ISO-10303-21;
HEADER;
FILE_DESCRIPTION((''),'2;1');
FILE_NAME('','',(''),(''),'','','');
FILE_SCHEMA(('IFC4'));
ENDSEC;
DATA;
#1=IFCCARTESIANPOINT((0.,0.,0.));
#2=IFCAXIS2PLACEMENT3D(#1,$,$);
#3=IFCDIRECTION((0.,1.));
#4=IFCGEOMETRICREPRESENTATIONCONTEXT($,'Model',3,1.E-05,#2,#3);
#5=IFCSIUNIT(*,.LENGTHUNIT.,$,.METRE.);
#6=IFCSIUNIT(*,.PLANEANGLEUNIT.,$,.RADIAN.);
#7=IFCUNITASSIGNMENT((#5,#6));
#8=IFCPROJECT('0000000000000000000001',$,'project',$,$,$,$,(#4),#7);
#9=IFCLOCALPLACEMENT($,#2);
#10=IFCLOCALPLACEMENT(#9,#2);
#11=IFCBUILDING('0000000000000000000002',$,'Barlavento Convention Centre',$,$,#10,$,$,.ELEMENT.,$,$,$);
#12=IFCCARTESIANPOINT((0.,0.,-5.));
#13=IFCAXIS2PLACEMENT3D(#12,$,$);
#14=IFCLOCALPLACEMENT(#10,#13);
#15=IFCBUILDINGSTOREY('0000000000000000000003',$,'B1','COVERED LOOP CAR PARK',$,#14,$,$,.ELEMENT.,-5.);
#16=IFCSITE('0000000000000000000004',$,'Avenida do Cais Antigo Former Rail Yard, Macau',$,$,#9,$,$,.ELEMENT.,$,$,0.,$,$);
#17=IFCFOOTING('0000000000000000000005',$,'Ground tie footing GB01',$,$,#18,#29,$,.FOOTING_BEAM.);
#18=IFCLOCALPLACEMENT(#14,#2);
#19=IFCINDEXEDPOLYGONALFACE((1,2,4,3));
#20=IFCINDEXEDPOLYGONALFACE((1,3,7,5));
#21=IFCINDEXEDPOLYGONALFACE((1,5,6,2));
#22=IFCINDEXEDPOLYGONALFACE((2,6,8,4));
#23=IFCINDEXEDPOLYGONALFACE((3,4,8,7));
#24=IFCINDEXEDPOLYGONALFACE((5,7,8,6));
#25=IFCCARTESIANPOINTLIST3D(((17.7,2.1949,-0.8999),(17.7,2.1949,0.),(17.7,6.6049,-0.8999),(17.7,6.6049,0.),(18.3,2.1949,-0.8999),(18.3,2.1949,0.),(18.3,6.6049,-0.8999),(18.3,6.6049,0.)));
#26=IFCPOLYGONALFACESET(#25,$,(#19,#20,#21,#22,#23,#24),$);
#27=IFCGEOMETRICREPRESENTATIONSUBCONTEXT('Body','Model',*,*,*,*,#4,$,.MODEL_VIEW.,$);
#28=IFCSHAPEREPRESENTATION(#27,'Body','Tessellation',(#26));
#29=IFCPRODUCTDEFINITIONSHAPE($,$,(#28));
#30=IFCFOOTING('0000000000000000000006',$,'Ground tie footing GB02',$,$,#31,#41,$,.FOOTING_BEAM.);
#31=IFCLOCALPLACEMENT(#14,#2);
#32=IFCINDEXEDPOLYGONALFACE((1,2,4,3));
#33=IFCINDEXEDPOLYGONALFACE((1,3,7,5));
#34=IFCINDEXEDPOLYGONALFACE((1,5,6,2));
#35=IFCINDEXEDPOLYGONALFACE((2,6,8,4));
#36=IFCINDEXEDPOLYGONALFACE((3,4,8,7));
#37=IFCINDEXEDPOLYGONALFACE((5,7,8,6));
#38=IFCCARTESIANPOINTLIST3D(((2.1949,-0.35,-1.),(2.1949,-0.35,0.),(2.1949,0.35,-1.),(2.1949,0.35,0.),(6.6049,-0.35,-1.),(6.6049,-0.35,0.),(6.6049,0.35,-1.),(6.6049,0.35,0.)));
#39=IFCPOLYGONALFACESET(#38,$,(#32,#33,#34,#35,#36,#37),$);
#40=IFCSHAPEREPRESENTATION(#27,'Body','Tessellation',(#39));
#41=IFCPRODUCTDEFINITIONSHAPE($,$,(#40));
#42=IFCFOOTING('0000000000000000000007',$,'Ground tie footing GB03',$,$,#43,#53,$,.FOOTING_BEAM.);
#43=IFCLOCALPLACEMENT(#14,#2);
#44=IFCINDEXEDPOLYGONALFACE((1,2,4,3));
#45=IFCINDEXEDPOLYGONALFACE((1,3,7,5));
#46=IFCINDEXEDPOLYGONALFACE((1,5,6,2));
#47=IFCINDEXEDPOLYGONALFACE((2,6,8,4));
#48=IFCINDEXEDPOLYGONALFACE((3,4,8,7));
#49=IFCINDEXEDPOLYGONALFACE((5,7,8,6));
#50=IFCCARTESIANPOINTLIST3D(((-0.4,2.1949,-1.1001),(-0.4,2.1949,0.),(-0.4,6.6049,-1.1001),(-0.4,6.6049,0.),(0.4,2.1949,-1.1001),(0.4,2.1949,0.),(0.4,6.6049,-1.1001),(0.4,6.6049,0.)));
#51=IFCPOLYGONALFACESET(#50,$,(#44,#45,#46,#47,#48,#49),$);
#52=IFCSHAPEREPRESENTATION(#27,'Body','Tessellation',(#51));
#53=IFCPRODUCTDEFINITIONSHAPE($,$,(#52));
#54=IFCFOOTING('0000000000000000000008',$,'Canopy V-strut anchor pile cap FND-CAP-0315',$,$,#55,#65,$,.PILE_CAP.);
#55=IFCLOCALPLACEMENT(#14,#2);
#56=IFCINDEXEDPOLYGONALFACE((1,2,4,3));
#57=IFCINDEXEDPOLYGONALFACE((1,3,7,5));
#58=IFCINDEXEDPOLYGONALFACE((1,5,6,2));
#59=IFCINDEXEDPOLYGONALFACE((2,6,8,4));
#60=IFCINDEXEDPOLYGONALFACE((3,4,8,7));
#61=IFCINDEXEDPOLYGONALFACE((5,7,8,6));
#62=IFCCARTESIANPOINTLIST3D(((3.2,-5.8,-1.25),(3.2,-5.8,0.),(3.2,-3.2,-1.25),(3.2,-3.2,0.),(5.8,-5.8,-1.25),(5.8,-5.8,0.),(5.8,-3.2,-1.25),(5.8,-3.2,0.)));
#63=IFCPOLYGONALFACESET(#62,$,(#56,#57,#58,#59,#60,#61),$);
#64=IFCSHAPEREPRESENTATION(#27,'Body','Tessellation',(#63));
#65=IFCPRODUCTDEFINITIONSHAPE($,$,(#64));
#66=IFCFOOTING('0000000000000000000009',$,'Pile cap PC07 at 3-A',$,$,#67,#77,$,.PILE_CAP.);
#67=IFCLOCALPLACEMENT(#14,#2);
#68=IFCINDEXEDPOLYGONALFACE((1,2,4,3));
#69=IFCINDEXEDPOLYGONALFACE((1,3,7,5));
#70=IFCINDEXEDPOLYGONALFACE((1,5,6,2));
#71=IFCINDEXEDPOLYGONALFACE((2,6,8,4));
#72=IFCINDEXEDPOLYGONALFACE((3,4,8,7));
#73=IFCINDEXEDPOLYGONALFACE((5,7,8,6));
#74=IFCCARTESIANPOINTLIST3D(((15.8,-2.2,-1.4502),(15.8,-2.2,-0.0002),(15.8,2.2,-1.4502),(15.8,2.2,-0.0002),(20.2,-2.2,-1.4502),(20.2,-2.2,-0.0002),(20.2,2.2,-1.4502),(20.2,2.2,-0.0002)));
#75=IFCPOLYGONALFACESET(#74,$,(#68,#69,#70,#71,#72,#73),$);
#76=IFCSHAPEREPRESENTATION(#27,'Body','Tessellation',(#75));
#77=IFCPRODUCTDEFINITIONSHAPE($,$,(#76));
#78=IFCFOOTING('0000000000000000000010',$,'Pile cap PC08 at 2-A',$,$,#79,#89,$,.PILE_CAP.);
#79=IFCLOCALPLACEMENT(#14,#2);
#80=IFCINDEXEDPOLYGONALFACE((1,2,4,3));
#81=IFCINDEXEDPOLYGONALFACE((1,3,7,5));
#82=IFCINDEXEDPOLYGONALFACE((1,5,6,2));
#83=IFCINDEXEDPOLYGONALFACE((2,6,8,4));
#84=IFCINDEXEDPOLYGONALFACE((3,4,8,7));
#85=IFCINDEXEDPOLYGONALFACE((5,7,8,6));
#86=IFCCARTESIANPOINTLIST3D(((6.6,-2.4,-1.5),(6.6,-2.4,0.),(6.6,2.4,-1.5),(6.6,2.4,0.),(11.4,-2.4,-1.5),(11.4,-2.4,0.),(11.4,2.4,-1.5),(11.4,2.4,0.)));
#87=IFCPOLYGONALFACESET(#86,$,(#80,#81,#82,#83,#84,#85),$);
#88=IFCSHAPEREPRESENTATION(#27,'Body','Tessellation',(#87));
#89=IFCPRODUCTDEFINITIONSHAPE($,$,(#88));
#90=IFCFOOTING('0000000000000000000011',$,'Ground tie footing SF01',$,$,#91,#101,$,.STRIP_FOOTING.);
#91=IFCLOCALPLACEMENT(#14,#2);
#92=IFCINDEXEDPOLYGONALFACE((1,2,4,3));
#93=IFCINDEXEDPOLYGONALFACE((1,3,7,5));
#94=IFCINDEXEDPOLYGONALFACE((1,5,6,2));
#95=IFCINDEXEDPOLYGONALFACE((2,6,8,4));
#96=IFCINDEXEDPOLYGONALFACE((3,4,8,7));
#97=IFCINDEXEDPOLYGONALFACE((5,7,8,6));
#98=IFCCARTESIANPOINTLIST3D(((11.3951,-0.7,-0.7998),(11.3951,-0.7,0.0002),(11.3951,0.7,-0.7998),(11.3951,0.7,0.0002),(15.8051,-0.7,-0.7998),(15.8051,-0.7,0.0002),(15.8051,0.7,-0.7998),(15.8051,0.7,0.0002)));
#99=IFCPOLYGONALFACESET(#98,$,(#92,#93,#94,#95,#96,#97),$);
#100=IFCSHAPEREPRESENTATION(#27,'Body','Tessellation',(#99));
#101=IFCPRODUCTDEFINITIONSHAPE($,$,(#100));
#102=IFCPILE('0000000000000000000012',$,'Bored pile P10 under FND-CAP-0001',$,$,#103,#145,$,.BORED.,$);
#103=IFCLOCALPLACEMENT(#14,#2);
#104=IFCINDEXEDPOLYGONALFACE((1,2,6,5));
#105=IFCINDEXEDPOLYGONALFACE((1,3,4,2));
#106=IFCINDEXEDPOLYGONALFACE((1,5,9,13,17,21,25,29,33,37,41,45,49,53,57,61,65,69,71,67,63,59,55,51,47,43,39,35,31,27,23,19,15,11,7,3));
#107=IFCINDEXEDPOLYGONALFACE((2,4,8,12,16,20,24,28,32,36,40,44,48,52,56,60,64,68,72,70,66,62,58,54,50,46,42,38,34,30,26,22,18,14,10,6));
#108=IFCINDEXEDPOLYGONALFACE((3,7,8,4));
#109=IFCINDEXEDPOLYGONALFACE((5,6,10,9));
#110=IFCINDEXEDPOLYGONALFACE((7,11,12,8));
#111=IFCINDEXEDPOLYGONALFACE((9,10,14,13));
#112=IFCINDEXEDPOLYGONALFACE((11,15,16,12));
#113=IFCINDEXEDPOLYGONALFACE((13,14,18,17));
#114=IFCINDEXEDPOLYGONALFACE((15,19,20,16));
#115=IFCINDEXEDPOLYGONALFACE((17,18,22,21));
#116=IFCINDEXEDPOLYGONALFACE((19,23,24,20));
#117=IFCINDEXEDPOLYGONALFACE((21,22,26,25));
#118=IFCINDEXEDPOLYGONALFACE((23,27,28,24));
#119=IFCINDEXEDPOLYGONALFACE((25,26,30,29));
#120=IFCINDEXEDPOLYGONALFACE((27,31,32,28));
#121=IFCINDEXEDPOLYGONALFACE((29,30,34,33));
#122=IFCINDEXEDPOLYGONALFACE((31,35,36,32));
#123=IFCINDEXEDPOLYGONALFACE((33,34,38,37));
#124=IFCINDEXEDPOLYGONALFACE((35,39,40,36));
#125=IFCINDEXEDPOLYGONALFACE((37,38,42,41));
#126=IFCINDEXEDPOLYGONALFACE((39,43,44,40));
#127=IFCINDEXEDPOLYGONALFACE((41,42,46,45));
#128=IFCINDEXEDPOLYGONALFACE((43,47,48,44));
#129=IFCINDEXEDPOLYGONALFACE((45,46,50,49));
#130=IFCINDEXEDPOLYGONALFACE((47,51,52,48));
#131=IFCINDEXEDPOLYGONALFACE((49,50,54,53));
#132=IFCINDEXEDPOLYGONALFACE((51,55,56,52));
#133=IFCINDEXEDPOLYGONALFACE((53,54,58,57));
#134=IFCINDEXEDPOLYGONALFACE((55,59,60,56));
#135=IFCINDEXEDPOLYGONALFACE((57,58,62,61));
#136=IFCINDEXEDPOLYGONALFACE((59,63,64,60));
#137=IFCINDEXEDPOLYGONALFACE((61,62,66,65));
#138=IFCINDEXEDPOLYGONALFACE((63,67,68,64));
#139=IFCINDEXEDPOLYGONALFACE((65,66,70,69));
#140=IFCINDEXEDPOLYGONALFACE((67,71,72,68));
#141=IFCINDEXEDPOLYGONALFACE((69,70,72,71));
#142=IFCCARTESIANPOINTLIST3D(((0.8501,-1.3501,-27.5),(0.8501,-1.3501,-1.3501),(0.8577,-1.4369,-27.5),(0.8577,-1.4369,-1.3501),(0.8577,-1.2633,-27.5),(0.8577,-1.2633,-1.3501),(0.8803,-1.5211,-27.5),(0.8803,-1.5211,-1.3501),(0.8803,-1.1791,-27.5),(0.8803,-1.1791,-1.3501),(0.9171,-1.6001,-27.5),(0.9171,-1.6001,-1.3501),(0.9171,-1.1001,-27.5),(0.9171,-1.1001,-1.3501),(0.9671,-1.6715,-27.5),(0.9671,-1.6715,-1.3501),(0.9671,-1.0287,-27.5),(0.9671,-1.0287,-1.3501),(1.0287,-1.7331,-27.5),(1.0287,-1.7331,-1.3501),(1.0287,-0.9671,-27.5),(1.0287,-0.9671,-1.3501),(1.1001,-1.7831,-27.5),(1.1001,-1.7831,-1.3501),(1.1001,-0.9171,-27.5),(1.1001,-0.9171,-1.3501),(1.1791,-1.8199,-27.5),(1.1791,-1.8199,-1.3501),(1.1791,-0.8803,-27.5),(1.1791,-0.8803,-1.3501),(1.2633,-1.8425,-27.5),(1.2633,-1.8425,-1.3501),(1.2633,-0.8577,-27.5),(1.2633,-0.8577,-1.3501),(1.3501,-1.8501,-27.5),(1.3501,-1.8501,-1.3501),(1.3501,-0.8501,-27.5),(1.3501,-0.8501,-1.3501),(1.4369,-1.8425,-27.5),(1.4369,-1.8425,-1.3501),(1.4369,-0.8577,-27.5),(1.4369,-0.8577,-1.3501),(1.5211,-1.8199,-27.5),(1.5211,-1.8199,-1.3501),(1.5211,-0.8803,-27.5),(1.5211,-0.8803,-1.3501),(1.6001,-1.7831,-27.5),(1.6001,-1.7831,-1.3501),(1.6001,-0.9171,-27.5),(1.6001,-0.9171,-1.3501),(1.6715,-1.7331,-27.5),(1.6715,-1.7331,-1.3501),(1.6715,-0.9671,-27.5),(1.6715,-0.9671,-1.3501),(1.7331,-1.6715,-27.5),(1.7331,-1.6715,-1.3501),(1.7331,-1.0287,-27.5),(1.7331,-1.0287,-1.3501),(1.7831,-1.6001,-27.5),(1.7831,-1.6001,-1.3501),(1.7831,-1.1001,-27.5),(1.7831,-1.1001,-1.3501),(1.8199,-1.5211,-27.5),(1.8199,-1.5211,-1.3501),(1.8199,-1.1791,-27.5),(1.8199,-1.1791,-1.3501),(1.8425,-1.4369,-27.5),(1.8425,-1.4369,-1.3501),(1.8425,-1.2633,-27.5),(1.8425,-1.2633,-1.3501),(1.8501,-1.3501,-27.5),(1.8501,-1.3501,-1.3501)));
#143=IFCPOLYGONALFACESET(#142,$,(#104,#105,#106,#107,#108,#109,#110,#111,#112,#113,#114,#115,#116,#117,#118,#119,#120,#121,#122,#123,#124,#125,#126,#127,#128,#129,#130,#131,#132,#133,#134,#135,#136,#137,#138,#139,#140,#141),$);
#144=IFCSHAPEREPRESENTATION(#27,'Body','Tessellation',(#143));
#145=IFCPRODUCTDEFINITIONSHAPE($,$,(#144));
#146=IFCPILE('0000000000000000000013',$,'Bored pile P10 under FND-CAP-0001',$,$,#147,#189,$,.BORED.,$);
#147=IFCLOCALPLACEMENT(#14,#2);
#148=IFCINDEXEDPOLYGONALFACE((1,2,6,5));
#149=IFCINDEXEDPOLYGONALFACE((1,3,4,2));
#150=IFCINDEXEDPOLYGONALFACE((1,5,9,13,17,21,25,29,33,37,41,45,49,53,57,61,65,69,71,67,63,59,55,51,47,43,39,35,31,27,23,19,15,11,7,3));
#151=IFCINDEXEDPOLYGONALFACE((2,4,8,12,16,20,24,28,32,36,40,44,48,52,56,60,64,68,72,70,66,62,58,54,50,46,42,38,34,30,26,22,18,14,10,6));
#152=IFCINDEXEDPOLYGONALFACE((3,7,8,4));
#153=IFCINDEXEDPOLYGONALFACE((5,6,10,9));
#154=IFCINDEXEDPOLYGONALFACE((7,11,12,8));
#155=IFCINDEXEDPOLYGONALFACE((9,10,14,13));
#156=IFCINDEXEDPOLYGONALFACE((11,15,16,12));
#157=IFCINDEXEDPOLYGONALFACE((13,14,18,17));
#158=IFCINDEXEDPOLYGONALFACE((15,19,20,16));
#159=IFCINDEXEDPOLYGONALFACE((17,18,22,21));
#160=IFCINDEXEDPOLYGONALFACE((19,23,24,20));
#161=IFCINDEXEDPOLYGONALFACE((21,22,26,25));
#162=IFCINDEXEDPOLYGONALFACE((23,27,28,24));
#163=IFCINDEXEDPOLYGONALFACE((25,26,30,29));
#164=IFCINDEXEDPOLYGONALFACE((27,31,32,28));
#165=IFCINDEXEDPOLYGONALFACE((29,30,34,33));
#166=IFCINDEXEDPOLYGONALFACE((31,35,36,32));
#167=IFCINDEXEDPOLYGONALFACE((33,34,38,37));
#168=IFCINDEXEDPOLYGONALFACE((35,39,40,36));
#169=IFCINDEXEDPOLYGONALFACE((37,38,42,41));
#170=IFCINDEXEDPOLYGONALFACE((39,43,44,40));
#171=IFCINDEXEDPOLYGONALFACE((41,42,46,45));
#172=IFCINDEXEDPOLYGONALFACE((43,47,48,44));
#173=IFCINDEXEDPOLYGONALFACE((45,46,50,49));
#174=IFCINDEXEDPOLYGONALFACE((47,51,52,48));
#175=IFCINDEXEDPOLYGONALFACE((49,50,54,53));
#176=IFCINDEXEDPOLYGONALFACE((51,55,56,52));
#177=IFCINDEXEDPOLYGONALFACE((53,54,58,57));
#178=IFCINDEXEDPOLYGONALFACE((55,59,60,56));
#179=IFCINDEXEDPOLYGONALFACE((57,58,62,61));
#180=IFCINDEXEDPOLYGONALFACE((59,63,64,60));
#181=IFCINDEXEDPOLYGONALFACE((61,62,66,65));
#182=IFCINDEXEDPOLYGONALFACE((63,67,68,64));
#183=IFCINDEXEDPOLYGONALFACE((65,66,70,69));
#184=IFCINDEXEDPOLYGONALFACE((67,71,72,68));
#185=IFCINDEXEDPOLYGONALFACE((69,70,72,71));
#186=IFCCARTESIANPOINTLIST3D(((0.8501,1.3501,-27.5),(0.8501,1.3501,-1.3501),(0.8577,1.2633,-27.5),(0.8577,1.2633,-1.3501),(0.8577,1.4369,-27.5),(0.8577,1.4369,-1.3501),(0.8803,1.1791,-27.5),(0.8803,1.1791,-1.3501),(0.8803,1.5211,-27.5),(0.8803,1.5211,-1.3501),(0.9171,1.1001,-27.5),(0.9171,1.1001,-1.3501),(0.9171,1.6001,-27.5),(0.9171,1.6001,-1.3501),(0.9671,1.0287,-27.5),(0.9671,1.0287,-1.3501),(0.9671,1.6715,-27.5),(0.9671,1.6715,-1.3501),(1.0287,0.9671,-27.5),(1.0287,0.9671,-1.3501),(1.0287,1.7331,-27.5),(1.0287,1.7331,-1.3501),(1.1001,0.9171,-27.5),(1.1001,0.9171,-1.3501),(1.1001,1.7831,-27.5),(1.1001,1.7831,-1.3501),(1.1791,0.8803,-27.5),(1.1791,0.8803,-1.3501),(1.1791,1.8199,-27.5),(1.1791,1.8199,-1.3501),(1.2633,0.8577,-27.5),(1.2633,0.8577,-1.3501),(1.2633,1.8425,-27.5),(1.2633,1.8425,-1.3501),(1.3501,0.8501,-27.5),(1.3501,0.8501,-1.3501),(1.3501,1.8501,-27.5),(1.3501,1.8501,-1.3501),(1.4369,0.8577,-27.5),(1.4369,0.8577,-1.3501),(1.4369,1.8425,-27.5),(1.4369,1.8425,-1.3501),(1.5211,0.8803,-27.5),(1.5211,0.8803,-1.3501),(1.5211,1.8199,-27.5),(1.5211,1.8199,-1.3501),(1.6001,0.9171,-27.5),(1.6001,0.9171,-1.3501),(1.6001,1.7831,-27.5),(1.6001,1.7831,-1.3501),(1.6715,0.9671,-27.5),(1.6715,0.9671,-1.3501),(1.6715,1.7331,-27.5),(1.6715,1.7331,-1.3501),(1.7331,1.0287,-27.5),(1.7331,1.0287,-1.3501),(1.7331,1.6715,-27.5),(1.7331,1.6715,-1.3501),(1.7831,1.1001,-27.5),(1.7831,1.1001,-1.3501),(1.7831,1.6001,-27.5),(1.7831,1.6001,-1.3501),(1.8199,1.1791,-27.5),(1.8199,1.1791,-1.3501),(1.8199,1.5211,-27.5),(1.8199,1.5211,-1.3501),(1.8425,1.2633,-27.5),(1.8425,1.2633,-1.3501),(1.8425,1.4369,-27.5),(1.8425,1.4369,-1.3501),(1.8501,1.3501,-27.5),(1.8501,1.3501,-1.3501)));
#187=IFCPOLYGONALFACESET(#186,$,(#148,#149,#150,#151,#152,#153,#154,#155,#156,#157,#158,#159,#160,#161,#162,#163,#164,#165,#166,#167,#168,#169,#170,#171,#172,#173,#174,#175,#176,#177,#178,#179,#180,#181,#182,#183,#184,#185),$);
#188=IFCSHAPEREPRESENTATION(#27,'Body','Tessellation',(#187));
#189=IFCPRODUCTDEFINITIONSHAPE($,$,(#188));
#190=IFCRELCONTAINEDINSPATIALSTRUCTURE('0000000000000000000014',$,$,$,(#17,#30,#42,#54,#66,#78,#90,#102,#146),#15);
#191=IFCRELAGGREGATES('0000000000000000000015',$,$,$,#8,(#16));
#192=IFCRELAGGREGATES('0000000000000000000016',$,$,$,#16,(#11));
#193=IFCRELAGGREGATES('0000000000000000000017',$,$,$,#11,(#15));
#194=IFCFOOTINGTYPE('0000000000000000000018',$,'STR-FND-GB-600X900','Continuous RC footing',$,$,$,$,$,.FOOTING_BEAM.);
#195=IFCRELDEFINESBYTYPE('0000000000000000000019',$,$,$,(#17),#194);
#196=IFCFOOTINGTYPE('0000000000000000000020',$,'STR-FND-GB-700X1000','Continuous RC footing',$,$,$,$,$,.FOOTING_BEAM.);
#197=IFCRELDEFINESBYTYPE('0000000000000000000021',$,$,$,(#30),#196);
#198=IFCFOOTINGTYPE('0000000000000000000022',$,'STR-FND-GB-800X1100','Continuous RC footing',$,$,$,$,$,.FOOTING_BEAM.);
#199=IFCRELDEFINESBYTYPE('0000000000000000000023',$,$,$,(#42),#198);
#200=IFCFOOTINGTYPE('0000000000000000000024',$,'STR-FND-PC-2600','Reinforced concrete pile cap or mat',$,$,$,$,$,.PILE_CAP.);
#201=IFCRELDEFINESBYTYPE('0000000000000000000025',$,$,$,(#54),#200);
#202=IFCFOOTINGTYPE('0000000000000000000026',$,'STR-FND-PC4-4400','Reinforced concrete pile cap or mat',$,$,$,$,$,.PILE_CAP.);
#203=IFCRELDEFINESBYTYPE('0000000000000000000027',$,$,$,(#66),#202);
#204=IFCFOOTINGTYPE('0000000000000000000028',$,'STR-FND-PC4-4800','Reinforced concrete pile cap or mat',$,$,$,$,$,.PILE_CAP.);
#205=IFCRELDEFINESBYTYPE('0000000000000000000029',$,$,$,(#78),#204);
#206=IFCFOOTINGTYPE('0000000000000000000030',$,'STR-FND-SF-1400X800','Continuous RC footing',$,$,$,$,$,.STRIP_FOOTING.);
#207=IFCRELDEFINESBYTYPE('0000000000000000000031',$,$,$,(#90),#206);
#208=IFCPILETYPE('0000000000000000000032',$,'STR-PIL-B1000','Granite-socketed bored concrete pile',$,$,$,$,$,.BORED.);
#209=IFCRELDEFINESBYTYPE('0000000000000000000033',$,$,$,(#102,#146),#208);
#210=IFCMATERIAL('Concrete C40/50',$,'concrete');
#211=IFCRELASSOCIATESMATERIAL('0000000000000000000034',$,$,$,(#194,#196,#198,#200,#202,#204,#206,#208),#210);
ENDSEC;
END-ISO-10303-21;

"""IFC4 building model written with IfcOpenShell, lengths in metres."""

from ifc_helpers import new_model, si_unit, direction, frame, origin, origin_2d, place, context, subcontext, project, spatial, rectangle, circle, extrude, material, material_profile, profile_set, type_object, element, save


model = new_model("IFC4")

# Units and contexts
model_context = context("Model", 3, precision=1e-05, world=origin(), true_north=direction((0.0, 1.0)))
body_context = subcontext(model_context, "Body", "Model", "MODEL_VIEW")
ifc_project = project(units=[si_unit("LENGTHUNIT", "METRE"), si_unit("PLANEANGLEUNIT", "RADIAN")], contexts=[model_context])

# Site, building, storey
site_placement = place(None, origin())
site = spatial("IfcSite", under=ifc_project, at=site_placement, Name="Avenida do Cais Antigo Former Rail Yard, Macau", CompositionType="ELEMENT", RefElevation=0.0)
building_placement = place(site_placement, origin())
building = spatial("IfcBuilding", under=site, at=building_placement, Name="Barlavento Convention Centre", CompositionType="ELEMENT")
storey_placement = place(building_placement, frame((0.0, 0.0, -5.0)))
storey = spatial("IfcBuildingStorey", under=building, at=storey_placement, Name="B1", Description="COVERED LOOP CAR PARK", CompositionType="ELEMENT", Elevation=-5.0)

# Footings
ifc_material_1 = material(Name="Concrete C40/50", Category="concrete")
footing_type_1 = type_object("IfcFootingType", Name="STR-FND-GB-600X900", Description="Continuous RC footing", PredefinedType="FOOTING_BEAM", material=ifc_material_1)
footing_1_placement = place(storey_placement, frame((18.0, 4.3999, -0.8999), z_axis=(0.0, 0.0, 1.0), x_axis=(1.0, 0.0, 0.0)))
element("IfcFooting", 1, at=footing_1_placement, inside=storey, type_object=footing_type_1, Name="Ground tie footing GB01", PredefinedType="FOOTING_BEAM", context=body_context, shape_type="SweptSolid", body=[
    extrude(rectangle(XDim=0.6001, YDim=4.4099, at=origin_2d()), origin(), (0.0, 0.0, 1.0), 0.8999),
])
footing_type_2 = type_object("IfcFootingType", Name="STR-FND-GB-700X1000", Description="Continuous RC footing", PredefinedType="FOOTING_BEAM", material=ifc_material_1)
footing_2_placement = place(storey_placement, frame((4.3999, 0.0, -1.0), z_axis=(0.0, 0.0, 1.0), x_axis=(1.0, 0.0, 0.0)))
element("IfcFooting", 2, at=footing_2_placement, inside=storey, type_object=footing_type_2, Name="Ground tie footing GB02", PredefinedType="FOOTING_BEAM", context=body_context, shape_type="SweptSolid", body=[
    extrude(rectangle(XDim=4.4099, YDim=0.7, at=origin_2d()), origin(), (0.0, 0.0, 1.0), 1.0),
])
footing_type_3 = type_object("IfcFootingType", Name="STR-FND-GB-800X1100", Description="Continuous RC footing", PredefinedType="FOOTING_BEAM", material=ifc_material_1)
footing_3_placement = place(storey_placement, frame((0.0, 4.3999, -1.1001), z_axis=(0.0, 0.0, 1.0), x_axis=(1.0, 0.0, 0.0)))
element("IfcFooting", 3, at=footing_3_placement, inside=storey, type_object=footing_type_3, Name="Ground tie footing GB03", PredefinedType="FOOTING_BEAM", context=body_context, shape_type="SweptSolid", body=[
    extrude(rectangle(XDim=0.8, YDim=4.4099, at=origin_2d()), origin(), (0.0, 0.0, 1.0), 1.1001),
])
footing_type_4 = type_object("IfcFootingType", Name="STR-FND-PC-2600", Description="Reinforced concrete pile cap or mat", PredefinedType="PILE_CAP", material=ifc_material_1)
footing_4_placement = place(storey_placement, frame((4.5, -4.5, -1.25), z_axis=(0.0, 0.0, 1.0), x_axis=(1.0, 0.0, 0.0)))
element("IfcFooting", 4, at=footing_4_placement, inside=storey, type_object=footing_type_4, Name="Canopy V-strut anchor pile cap FND-CAP-0315", PredefinedType="PILE_CAP", context=body_context, shape_type="SweptSolid", body=[
    extrude(rectangle(XDim=2.6001, YDim=2.6001, at=origin_2d()), origin(), (0.0, 0.0, 1.0), 1.25),
])
footing_type_5 = type_object("IfcFootingType", Name="STR-FND-PC4-4400", Description="Reinforced concrete pile cap or mat", PredefinedType="PILE_CAP", material=ifc_material_1)
footing_5_placement = place(storey_placement, frame((18.0, 0.0, -1.4502), z_axis=(0.0, 0.0, 1.0), x_axis=(1.0, 0.0, 0.0)))
element("IfcFooting", 5, at=footing_5_placement, inside=storey, type_object=footing_type_5, Name="Pile cap PC07 at 3-A", PredefinedType="PILE_CAP", context=body_context, shape_type="SweptSolid", body=[
    extrude(rectangle(XDim=4.3999, YDim=4.3999, at=origin_2d()), origin(), (0.0, 0.0, 1.0), 1.45),
])
footing_type_6 = type_object("IfcFootingType", Name="STR-FND-PC4-4800", Description="Reinforced concrete pile cap or mat", PredefinedType="PILE_CAP", material=ifc_material_1)
footing_6_placement = place(storey_placement, frame((9.0, 0.0, -1.5), z_axis=(0.0, 0.0, 1.0), x_axis=(1.0, 0.0, 0.0)))
element("IfcFooting", 6, at=footing_6_placement, inside=storey, type_object=footing_type_6, Name="Pile cap PC08 at 2-A", PredefinedType="PILE_CAP", context=body_context, shape_type="SweptSolid", body=[
    extrude(rectangle(XDim=4.8, YDim=4.8, at=origin_2d()), origin(), (0.0, 0.0, 1.0), 1.5),
])
footing_type_7 = type_object("IfcFootingType", Name="STR-FND-SF-1400X800", Description="Continuous RC footing", PredefinedType="STRIP_FOOTING", material=ifc_material_1)
footing_7_placement = place(storey_placement, frame((13.6001, 0.0, -0.7998), z_axis=(0.0, 0.0, 1.0), x_axis=(1.0, 0.0, 0.0)))
element("IfcFooting", 7, at=footing_7_placement, inside=storey, type_object=footing_type_7, Name="Ground tie footing SF01", PredefinedType="STRIP_FOOTING", context=body_context, shape_type="SweptSolid", body=[
    extrude(rectangle(XDim=4.4099, YDim=1.3999, at=origin_2d()), origin(), (0.0, 0.0, 1.0), 0.8),
])

# Piles
ifc_material_profile_1 = material_profile(ifc_material_1, circle(Radius=0.5, at=origin_2d()), Name="BORED PILE 1000")
ifc_profile_set_1 = profile_set([ifc_material_profile_1], Name="Concrete C40/50")
pile_type_1 = type_object("IfcPileType", Name="STR-PIL-B1000", Description="Granite-socketed bored concrete pile", PredefinedType="BORED", material=ifc_profile_set_1)
for number, where, z_axis, x_axis, name in (
    (8, (1.3501, -1.3501, -1.3501), (0.0, 0.0, -1.0), (1.0, 0.0, 0.0), "Bored pile P10 under FND-CAP-0001"),
    (9, (1.3501, 1.3501, -1.3501), (0.0, 0.0, -1.0), (1.0, 0.0, 0.0), "Bored pile P10 under FND-CAP-0001"),
):
    element("IfcPile", number, at=place(storey_placement, frame(where, z_axis=z_axis, x_axis=x_axis)), inside=storey, type_object=pile_type_1, Name=name, PredefinedType="BORED", context=body_context, shape_type="SweptSolid", body=[
        extrude(circle(Radius=0.5, at=origin_2d()), origin(), (0.0, 0.0, 1.0), 26.1499),
    ])

save(model, "model.ifc")
